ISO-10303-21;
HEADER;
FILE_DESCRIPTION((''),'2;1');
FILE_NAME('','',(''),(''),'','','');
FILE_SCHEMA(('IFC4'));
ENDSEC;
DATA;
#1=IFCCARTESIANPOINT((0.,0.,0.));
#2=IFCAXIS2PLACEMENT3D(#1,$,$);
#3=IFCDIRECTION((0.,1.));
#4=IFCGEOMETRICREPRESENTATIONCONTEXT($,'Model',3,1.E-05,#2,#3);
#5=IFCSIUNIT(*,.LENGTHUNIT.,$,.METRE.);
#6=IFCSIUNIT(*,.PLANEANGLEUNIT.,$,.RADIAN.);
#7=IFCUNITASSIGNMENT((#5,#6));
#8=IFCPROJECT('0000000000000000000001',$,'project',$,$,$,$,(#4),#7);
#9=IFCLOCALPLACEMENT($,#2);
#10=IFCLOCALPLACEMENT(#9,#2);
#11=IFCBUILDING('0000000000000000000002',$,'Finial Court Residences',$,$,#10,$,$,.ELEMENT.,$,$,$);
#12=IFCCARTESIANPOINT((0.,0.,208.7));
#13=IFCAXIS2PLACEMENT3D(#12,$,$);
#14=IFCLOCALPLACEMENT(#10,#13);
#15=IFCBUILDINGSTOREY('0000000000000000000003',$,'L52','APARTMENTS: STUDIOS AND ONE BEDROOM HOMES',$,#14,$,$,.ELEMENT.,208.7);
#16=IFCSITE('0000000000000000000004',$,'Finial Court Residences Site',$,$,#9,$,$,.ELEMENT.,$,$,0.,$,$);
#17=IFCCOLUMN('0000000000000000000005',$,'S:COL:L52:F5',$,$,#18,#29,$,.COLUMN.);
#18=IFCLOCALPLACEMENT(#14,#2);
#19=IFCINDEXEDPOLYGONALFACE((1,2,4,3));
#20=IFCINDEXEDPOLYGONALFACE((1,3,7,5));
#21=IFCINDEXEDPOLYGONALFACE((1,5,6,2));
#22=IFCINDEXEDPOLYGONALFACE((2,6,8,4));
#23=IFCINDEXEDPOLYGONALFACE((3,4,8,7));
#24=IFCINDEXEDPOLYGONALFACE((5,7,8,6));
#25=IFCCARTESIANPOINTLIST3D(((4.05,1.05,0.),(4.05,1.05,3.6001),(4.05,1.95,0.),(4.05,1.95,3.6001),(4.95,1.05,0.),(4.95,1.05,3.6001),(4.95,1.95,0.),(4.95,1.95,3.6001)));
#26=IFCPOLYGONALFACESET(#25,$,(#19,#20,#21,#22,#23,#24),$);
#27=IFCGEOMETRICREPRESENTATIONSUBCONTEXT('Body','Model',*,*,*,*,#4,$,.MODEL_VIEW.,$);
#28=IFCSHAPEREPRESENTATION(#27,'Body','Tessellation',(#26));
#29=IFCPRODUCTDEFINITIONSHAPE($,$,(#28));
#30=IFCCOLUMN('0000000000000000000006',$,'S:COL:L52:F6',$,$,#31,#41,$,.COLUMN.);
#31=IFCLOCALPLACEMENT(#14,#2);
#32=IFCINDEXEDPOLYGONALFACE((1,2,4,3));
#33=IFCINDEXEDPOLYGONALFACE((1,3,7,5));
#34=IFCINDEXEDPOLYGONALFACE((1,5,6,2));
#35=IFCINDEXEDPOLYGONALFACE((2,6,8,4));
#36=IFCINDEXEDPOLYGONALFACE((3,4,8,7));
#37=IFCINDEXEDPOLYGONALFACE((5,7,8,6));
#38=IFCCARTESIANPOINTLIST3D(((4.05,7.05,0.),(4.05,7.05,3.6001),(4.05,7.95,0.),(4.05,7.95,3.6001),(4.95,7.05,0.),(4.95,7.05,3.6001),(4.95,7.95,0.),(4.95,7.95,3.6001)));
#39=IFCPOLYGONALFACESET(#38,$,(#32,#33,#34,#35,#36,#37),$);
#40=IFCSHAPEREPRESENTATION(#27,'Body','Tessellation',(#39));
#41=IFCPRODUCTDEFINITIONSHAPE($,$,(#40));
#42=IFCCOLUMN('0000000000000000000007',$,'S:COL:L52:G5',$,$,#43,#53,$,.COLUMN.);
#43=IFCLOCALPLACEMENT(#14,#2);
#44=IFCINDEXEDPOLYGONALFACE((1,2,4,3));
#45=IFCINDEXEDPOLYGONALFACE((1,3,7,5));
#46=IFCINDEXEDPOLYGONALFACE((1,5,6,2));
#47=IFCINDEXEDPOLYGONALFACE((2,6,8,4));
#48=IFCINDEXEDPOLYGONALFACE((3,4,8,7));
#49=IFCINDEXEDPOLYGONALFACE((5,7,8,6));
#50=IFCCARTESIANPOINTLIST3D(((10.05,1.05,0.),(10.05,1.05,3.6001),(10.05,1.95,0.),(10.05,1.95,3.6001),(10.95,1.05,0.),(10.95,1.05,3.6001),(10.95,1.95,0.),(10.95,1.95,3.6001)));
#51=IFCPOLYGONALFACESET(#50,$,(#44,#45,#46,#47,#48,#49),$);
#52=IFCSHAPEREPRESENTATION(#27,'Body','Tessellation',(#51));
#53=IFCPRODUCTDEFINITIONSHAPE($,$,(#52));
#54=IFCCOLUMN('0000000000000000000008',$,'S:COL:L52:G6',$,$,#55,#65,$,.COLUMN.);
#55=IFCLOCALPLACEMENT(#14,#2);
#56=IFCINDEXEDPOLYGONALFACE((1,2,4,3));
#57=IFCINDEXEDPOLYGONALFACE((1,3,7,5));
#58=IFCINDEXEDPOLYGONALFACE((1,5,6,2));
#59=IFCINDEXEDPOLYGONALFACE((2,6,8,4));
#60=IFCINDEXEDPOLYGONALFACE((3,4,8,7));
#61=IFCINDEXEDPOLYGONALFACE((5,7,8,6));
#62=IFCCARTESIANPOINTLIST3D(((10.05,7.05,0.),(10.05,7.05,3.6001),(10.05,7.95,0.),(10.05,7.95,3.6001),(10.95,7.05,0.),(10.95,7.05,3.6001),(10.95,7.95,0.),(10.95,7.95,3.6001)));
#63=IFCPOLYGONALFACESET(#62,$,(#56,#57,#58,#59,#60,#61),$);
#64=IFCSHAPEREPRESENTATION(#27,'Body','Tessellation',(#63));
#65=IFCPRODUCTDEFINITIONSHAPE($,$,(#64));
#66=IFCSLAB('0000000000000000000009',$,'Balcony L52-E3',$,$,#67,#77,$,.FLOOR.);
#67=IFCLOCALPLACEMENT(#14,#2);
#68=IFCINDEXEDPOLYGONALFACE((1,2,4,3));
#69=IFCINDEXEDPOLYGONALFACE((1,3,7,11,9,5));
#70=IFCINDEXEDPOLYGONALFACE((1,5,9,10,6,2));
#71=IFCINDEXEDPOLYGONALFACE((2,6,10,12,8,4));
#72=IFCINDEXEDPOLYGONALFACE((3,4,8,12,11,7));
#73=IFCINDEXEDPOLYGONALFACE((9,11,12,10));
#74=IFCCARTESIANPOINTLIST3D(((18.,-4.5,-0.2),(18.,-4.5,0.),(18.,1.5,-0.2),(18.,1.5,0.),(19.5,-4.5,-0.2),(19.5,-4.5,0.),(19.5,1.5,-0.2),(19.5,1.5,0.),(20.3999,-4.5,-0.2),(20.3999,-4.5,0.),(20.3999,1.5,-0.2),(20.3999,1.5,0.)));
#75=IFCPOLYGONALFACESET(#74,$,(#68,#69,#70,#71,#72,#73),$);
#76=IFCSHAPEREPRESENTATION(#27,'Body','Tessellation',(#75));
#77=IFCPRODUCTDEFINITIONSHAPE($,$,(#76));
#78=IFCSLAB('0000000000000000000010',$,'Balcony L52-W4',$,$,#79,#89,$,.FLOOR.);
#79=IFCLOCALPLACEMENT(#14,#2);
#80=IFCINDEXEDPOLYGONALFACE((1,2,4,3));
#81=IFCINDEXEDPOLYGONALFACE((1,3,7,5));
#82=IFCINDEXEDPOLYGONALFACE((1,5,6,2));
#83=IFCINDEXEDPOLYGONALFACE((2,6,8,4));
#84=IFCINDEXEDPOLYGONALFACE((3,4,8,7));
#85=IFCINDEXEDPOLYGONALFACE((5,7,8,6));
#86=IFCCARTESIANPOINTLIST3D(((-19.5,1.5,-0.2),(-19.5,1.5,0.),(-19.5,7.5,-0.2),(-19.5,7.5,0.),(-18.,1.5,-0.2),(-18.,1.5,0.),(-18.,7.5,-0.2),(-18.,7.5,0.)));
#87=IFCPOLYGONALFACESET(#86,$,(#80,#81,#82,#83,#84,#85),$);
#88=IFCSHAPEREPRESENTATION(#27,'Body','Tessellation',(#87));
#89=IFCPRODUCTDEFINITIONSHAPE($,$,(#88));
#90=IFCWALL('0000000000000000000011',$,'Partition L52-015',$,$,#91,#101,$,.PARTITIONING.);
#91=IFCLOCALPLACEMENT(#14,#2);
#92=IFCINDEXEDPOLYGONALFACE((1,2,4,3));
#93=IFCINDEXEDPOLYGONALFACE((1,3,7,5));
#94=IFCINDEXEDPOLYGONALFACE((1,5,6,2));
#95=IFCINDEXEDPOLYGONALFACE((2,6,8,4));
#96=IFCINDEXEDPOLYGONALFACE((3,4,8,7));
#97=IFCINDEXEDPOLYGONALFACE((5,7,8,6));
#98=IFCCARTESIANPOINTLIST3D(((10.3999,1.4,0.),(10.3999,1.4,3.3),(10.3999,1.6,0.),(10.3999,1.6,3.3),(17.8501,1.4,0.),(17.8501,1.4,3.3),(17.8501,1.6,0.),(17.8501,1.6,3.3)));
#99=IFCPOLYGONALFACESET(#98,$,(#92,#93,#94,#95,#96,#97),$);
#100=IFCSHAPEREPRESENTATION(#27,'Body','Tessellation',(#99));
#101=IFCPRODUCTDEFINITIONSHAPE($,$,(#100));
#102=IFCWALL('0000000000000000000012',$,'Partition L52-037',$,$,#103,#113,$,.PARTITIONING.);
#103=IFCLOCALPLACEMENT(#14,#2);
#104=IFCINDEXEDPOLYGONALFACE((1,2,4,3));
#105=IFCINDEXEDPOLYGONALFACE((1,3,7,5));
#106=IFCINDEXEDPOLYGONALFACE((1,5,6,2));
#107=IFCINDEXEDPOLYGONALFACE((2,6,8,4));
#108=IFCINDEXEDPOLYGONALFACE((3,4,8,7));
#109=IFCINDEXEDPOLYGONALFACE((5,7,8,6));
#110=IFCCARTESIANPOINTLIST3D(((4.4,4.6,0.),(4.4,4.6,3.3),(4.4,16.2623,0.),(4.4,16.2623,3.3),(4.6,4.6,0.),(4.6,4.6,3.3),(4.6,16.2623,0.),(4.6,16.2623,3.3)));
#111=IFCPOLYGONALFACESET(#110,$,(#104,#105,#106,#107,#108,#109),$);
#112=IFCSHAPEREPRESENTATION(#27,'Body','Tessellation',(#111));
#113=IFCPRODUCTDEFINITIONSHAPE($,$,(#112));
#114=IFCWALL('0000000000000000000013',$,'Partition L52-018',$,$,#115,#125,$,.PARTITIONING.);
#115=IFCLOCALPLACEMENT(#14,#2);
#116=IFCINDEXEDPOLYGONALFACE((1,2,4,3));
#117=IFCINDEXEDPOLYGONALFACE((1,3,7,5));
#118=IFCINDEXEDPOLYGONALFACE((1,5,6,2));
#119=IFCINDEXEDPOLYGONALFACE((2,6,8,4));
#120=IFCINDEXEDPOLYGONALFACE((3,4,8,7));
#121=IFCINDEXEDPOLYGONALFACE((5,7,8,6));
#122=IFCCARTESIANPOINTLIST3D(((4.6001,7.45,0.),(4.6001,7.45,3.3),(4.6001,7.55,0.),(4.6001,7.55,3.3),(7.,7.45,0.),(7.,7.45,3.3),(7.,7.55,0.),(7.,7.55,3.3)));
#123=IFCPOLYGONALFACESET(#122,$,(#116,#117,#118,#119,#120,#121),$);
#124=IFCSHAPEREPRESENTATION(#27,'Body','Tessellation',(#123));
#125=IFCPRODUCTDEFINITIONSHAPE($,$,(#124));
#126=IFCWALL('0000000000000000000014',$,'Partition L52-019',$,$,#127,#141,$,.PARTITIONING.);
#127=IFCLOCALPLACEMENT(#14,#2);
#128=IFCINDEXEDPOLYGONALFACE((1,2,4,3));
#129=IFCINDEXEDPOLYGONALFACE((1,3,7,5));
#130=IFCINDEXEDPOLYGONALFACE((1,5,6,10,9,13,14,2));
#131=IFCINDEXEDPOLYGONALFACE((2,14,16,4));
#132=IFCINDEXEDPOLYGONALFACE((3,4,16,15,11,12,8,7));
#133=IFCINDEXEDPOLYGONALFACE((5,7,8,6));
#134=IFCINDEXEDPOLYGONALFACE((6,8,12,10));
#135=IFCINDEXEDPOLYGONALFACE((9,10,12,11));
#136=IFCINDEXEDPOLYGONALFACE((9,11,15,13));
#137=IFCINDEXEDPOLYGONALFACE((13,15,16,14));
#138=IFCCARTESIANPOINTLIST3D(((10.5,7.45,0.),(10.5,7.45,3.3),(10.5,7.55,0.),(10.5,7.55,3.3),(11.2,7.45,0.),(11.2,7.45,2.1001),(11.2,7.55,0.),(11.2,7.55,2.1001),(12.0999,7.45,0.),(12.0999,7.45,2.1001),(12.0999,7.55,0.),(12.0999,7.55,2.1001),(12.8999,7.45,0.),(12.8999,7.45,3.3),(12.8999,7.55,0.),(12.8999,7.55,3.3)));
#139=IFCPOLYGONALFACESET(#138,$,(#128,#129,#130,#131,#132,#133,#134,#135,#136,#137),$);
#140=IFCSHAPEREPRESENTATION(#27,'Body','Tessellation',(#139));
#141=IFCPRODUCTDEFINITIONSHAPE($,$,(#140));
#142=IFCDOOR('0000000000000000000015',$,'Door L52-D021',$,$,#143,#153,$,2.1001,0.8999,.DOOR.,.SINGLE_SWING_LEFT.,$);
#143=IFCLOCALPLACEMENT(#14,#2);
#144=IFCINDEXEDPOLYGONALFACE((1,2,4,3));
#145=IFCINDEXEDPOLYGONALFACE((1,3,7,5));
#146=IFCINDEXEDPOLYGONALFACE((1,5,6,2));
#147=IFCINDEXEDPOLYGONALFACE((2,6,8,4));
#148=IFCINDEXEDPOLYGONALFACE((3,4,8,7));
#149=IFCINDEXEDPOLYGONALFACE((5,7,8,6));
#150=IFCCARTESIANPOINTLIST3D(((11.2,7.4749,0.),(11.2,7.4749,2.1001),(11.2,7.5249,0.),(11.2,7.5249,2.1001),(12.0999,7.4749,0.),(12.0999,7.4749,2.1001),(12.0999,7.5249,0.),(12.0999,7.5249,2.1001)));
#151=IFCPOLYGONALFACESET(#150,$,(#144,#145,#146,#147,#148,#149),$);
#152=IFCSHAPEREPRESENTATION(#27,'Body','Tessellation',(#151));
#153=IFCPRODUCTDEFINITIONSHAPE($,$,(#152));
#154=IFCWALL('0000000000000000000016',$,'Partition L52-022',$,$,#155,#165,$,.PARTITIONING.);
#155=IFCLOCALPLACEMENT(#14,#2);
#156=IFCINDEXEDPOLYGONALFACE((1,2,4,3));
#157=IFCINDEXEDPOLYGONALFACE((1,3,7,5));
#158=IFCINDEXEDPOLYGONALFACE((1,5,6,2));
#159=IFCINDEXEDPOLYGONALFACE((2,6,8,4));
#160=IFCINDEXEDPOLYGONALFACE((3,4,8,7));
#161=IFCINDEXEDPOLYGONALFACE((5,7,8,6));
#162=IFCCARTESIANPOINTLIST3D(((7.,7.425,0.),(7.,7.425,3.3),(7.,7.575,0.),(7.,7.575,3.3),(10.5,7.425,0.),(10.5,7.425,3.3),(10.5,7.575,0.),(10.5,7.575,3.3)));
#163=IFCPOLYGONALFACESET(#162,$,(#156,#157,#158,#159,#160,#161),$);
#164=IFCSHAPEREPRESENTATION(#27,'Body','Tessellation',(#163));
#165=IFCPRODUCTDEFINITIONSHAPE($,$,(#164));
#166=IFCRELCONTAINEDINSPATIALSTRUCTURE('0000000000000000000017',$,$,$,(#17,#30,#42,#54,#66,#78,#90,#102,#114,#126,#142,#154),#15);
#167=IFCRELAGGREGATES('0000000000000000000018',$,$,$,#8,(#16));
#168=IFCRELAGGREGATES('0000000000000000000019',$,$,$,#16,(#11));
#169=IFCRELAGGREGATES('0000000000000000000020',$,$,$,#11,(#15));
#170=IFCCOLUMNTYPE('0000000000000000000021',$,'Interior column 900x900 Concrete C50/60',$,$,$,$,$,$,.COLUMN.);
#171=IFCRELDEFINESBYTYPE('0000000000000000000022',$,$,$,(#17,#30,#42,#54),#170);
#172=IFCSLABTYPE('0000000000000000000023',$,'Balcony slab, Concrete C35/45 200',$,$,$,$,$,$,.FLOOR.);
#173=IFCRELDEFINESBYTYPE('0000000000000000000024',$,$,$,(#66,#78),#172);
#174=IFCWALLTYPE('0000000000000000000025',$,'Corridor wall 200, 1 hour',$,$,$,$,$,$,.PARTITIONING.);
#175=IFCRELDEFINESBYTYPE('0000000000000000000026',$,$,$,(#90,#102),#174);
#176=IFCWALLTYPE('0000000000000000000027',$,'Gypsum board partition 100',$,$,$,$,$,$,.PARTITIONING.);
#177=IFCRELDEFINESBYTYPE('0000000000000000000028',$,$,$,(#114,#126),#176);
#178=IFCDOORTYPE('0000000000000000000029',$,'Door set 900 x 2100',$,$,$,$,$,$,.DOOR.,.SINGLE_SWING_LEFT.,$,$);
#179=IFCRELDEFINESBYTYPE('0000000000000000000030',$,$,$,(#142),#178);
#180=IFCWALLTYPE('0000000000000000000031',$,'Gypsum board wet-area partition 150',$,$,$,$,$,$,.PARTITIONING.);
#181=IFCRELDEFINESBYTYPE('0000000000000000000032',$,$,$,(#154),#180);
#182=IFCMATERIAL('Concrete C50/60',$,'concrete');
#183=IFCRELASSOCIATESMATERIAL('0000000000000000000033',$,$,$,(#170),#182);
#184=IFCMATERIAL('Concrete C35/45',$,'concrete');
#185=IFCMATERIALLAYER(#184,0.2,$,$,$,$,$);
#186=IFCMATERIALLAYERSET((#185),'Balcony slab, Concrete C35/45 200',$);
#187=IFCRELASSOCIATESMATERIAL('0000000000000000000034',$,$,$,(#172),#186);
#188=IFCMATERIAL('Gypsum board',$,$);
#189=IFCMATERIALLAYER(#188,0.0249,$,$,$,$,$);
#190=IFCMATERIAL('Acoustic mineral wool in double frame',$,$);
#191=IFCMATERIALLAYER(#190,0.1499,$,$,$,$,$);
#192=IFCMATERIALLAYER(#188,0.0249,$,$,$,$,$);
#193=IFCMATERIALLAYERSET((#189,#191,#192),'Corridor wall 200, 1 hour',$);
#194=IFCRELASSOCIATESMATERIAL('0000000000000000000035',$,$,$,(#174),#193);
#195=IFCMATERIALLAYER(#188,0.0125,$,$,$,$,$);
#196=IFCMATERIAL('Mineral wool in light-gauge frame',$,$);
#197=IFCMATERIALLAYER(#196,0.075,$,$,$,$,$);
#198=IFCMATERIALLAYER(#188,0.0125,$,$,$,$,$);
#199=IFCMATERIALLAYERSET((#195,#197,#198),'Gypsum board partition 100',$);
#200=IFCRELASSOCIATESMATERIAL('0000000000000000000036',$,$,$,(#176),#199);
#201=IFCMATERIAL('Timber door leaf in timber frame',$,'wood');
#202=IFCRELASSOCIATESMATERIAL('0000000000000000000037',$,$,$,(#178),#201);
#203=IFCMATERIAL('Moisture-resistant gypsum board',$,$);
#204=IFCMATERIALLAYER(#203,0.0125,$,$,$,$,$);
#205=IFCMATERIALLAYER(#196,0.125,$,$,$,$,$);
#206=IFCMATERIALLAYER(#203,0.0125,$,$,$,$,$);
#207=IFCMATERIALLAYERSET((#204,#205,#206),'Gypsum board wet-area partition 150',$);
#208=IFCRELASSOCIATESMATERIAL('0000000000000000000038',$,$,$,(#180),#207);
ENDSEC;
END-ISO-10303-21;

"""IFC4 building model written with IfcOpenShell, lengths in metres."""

from ifc_helpers import new_model, si_unit, direction, frame, frame_2d, origin, origin_2d, place, context, subcontext, project, spatial, polyline, rectangle, outline, extrude, material, layer, layer_set, material_profile, profile_set, type_object, element, fill, save


model = new_model("IFC4")

# Units and contexts
model_context = context("Model", 3, precision=1e-05, world=origin(), true_north=direction((0.0, 1.0)))
body_context = subcontext(model_context, "Body", "Model", "MODEL_VIEW")
ifc_project = project(units=[si_unit("LENGTHUNIT", "METRE"), si_unit("PLANEANGLEUNIT", "RADIAN")], contexts=[model_context])

# Site, building, storey
site_placement = place(None, origin())
site = spatial("IfcSite", under=ifc_project, at=site_placement, Name="Finial Court Residences Site", CompositionType="ELEMENT", RefElevation=0.0)
building_placement = place(site_placement, origin())
building = spatial("IfcBuilding", under=site, at=building_placement, Name="Finial Court Residences", CompositionType="ELEMENT")
storey_placement = place(building_placement, frame((0.0, 0.0, 208.7)))
storey = spatial("IfcBuildingStorey", under=building, at=storey_placement, Name="L52", Description="APARTMENTS: STUDIOS AND ONE BEDROOM HOMES", CompositionType="ELEMENT", Elevation=208.7)

# Columns
ifc_material_1 = material(Name="Concrete C50/60", Category="concrete")
ifc_material_profile = material_profile(ifc_material_1, rectangle(XDim=0.8999, YDim=0.8999, at=origin_2d()), Name="900x900")
ifc_profile_set = profile_set([ifc_material_profile], Name="Concrete C50/60")
column_type = type_object("IfcColumnType", Name="Interior column 900x900 Concrete C50/60", PredefinedType="COLUMN", material=ifc_profile_set)
for number, where, z_axis, x_axis, name in (
    (1, (4.5, 1.5, 0.0), (0.0, 0.0, 1.0), (1.0, 0.0, 0.0), "S:COL:L52:F5"),
    (2, (4.5, 7.5, 0.0), (0.0, 0.0, 1.0), (1.0, 0.0, 0.0), "S:COL:L52:F6"),
    (3, (10.5, 1.5, 0.0), (0.0, 0.0, 1.0), (1.0, 0.0, 0.0), "S:COL:L52:G5"),
    (4, (10.5, 7.5, 0.0), (0.0, 0.0, 1.0), (1.0, 0.0, 0.0), "S:COL:L52:G6"),
):
    element("IfcColumn", number, at=place(storey_placement, frame(where, z_axis=z_axis, x_axis=x_axis)), inside=storey, type_object=column_type, Name=name, PredefinedType="COLUMN", context=body_context, shape_type="SweptSolid", body=[
        extrude(rectangle(XDim=0.8999, YDim=0.8999, at=origin_2d()), origin(), (0.0, 0.0, 1.0), 3.6001),
    ])

# Slabs
ifc_material_2 = material(Name="Concrete C35/45", Category="concrete")
ifc_layer_1 = layer(ifc_material_2, 0.2)
ifc_layer_set_1 = layer_set([ifc_layer_1], Name="Balcony slab, Concrete C35/45 200")
slab_type = type_object("IfcSlabType", Name="Balcony slab, Concrete C35/45 200", PredefinedType="FLOOR", material=ifc_layer_set_1)
slab_1_placement = place(storey_placement, frame((0.0, 0.0, -0.2)))
element("IfcSlab", 5, at=slab_1_placement, inside=storey, type_object=slab_type, Name="Balcony L52-E3", PredefinedType="FLOOR", context=body_context, shape_type="SweptSolid", body=[
    extrude(outline(polyline([(18.0, 1.5), (19.5, 1.5), (20.3999, 1.5), (20.3999, -4.5), (19.5, -4.5), (18.0, -4.5), (18.0, 1.5)])), origin(), (0.0, 0.0, 1.0), 0.2),
])
slab_2_placement = place(storey_placement, frame((0.0, 0.0, -0.2)))
element("IfcSlab", 6, at=slab_2_placement, inside=storey, type_object=slab_type, Name="Balcony L52-W4", PredefinedType="FLOOR", context=body_context, shape_type="SweptSolid", body=[
    extrude(outline(polyline([(-18.0, 1.5), (-18.0, 7.5), (-19.5, 7.5), (-19.5, 1.5), (-18.0, 1.5)])), origin(), (0.0, 0.0, 1.0), 0.2),
])

# Walls
ifc_material_3 = material(Name="Gypsum board")
ifc_layer_2 = layer(ifc_material_3, 0.0249)
ifc_material_4 = material(Name="Acoustic mineral wool in double frame")
ifc_layer_3 = layer(ifc_material_4, 0.1499)
ifc_layer_4 = layer(ifc_material_3, 0.0249)
ifc_layer_set_2 = layer_set([ifc_layer_2, ifc_layer_3, ifc_layer_4], Name="Corridor wall 200, 1 hour")
wall_type_1 = type_object("IfcWallType", Name="Corridor wall 200, 1 hour", PredefinedType="PARTITIONING", material=ifc_layer_set_2)
wall_1_placement = place(storey_placement, frame((10.3999, 1.5, 0.0), z_axis=(0.0, 0.0, 1.0), x_axis=(1.0, 0.0, 0.0)))
element("IfcWall", 7, at=wall_1_placement, inside=storey, type_object=wall_type_1, Name="Partition L52-015", PredefinedType="PARTITIONING", context=body_context, shape_type="SweptSolid", body=[
    extrude(rectangle(XDim=7.4502, YDim=0.2, at=frame_2d((3.7251, 0.0))), origin(), (0.0, 0.0, 1.0), 3.3),
])
wall_2_placement = place(storey_placement, frame((4.5, 4.6001, 0.0), z_axis=(0.0, 0.0, 1.0), x_axis=(0.0, 1.0, 0.0)))
element("IfcWall", 8, at=wall_2_placement, inside=storey, type_object=wall_type_1, Name="Partition L52-037", PredefinedType="PARTITIONING", context=body_context, shape_type="SweptSolid", body=[
    extrude(rectangle(XDim=11.6624, YDim=0.2, at=frame_2d((5.8311, 0.0))), origin(), (0.0, 0.0, 1.0), 3.3),
])
ifc_layer_5 = layer(ifc_material_3, 0.0125)
ifc_material_5 = material(Name="Mineral wool in light-gauge frame")
ifc_layer_6 = layer(ifc_material_5, 0.075)
ifc_layer_7 = layer(ifc_material_3, 0.0125)
ifc_layer_set_3 = layer_set([ifc_layer_5, ifc_layer_6, ifc_layer_7], Name="Gypsum board partition 100")
wall_type_2 = type_object("IfcWallType", Name="Gypsum board partition 100", PredefinedType="PARTITIONING", material=ifc_layer_set_3)
wall_3_placement = place(storey_placement, frame((4.6001, 7.5, 0.0), z_axis=(0.0, 0.0, 1.0), x_axis=(1.0, 0.0, 0.0)))
element("IfcWall", 9, at=wall_3_placement, inside=storey, type_object=wall_type_2, Name="Partition L52-018", PredefinedType="PARTITIONING", context=body_context, shape_type="SweptSolid", body=[
    extrude(rectangle(XDim=2.3999, YDim=0.1001, at=frame_2d((1.2, 0.0))), origin(), (0.0, 0.0, 1.0), 3.3),
])

# Wall, opening, door
wall_4_placement = place(storey_placement, frame((10.5, 7.5, 0.0), z_axis=(0.0, 0.0, 1.0), x_axis=(1.0, 0.0, 0.0)))
wall_4 = element("IfcWall", 10, at=wall_4_placement, inside=storey, type_object=wall_type_2, Name="Partition L52-019", PredefinedType="PARTITIONING", context=body_context, shape_type="SweptSolid", body=[
    extrude(rectangle(XDim=2.3999, YDim=0.1001, at=frame_2d((1.2, 0.0))), origin(), (0.0, 0.0, 1.0), 3.3),
])
opening_1_placement = place(wall_4_placement, frame((0.7, 0.0, 0.0)))
opening_1 = element("IfcOpeningElement", 11, at=opening_1_placement, cuts=wall_4, PredefinedType="OPENING", context=body_context, shape_type="SweptSolid", body=[
    extrude(rectangle(XDim=0.8999, YDim=2.1001, at=frame_2d((0.45, 1.05))), frame((0.0, 0.0601, 0.0), z_axis=(0.0, -1.0, 0.0), x_axis=(1.0, 0.0, 0.0)), (0.0, 0.0, 1.0), 0.1201),
])
ifc_material_6 = material(Name="Timber door leaf in timber frame", Category="wood")
door_type = type_object("IfcDoorType", Name="Door set 900 x 2100", OperationType="SINGLE_SWING_LEFT", PredefinedType="DOOR", material=ifc_material_6)
door_1_placement = place(opening_1_placement, origin())
door_1 = element("IfcDoor", 12, at=door_1_placement, inside=storey, type_object=door_type, Name="Door L52-D021", OperationType="SINGLE_SWING_LEFT", OverallHeight=2.1001, OverallWidth=0.8999, PredefinedType="DOOR", context=body_context, shape_type="SweptSolid", body=[
    extrude(rectangle(XDim=0.8999, YDim=2.1001, at=frame_2d((0.45, 1.05))), frame((0.0, 0.0249, 0.0), z_axis=(0.0, -1.0, 0.0), x_axis=(1.0, 0.0, 0.0)), (0.0, 0.0, 1.0), 0.05),
])
fill(opening_1, door_1)

# Wall
ifc_material_7 = material(Name="Moisture-resistant gypsum board")
ifc_layer_8 = layer(ifc_material_7, 0.0125)
ifc_layer_9 = layer(ifc_material_5, 0.125)
ifc_layer_10 = layer(ifc_material_7, 0.0125)
ifc_layer_set_4 = layer_set([ifc_layer_8, ifc_layer_9, ifc_layer_10], Name="Gypsum board wet-area partition 150")
wall_type_3 = type_object("IfcWallType", Name="Gypsum board wet-area partition 150", PredefinedType="PARTITIONING", material=ifc_layer_set_4)
wall_5_placement = place(storey_placement, frame((7.0, 7.5, 0.0), z_axis=(0.0, 0.0, 1.0), x_axis=(1.0, 0.0, 0.0)))
element("IfcWall", 13, at=wall_5_placement, inside=storey, type_object=wall_type_3, Name="Partition L52-022", PredefinedType="PARTITIONING", context=body_context, shape_type="SweptSolid", body=[
    extrude(rectangle(XDim=3.5, YDim=0.1499, at=frame_2d((1.75, 0.0))), origin(), (0.0, 0.0, 1.0), 3.3),
])

save(model, "model.ifc")
